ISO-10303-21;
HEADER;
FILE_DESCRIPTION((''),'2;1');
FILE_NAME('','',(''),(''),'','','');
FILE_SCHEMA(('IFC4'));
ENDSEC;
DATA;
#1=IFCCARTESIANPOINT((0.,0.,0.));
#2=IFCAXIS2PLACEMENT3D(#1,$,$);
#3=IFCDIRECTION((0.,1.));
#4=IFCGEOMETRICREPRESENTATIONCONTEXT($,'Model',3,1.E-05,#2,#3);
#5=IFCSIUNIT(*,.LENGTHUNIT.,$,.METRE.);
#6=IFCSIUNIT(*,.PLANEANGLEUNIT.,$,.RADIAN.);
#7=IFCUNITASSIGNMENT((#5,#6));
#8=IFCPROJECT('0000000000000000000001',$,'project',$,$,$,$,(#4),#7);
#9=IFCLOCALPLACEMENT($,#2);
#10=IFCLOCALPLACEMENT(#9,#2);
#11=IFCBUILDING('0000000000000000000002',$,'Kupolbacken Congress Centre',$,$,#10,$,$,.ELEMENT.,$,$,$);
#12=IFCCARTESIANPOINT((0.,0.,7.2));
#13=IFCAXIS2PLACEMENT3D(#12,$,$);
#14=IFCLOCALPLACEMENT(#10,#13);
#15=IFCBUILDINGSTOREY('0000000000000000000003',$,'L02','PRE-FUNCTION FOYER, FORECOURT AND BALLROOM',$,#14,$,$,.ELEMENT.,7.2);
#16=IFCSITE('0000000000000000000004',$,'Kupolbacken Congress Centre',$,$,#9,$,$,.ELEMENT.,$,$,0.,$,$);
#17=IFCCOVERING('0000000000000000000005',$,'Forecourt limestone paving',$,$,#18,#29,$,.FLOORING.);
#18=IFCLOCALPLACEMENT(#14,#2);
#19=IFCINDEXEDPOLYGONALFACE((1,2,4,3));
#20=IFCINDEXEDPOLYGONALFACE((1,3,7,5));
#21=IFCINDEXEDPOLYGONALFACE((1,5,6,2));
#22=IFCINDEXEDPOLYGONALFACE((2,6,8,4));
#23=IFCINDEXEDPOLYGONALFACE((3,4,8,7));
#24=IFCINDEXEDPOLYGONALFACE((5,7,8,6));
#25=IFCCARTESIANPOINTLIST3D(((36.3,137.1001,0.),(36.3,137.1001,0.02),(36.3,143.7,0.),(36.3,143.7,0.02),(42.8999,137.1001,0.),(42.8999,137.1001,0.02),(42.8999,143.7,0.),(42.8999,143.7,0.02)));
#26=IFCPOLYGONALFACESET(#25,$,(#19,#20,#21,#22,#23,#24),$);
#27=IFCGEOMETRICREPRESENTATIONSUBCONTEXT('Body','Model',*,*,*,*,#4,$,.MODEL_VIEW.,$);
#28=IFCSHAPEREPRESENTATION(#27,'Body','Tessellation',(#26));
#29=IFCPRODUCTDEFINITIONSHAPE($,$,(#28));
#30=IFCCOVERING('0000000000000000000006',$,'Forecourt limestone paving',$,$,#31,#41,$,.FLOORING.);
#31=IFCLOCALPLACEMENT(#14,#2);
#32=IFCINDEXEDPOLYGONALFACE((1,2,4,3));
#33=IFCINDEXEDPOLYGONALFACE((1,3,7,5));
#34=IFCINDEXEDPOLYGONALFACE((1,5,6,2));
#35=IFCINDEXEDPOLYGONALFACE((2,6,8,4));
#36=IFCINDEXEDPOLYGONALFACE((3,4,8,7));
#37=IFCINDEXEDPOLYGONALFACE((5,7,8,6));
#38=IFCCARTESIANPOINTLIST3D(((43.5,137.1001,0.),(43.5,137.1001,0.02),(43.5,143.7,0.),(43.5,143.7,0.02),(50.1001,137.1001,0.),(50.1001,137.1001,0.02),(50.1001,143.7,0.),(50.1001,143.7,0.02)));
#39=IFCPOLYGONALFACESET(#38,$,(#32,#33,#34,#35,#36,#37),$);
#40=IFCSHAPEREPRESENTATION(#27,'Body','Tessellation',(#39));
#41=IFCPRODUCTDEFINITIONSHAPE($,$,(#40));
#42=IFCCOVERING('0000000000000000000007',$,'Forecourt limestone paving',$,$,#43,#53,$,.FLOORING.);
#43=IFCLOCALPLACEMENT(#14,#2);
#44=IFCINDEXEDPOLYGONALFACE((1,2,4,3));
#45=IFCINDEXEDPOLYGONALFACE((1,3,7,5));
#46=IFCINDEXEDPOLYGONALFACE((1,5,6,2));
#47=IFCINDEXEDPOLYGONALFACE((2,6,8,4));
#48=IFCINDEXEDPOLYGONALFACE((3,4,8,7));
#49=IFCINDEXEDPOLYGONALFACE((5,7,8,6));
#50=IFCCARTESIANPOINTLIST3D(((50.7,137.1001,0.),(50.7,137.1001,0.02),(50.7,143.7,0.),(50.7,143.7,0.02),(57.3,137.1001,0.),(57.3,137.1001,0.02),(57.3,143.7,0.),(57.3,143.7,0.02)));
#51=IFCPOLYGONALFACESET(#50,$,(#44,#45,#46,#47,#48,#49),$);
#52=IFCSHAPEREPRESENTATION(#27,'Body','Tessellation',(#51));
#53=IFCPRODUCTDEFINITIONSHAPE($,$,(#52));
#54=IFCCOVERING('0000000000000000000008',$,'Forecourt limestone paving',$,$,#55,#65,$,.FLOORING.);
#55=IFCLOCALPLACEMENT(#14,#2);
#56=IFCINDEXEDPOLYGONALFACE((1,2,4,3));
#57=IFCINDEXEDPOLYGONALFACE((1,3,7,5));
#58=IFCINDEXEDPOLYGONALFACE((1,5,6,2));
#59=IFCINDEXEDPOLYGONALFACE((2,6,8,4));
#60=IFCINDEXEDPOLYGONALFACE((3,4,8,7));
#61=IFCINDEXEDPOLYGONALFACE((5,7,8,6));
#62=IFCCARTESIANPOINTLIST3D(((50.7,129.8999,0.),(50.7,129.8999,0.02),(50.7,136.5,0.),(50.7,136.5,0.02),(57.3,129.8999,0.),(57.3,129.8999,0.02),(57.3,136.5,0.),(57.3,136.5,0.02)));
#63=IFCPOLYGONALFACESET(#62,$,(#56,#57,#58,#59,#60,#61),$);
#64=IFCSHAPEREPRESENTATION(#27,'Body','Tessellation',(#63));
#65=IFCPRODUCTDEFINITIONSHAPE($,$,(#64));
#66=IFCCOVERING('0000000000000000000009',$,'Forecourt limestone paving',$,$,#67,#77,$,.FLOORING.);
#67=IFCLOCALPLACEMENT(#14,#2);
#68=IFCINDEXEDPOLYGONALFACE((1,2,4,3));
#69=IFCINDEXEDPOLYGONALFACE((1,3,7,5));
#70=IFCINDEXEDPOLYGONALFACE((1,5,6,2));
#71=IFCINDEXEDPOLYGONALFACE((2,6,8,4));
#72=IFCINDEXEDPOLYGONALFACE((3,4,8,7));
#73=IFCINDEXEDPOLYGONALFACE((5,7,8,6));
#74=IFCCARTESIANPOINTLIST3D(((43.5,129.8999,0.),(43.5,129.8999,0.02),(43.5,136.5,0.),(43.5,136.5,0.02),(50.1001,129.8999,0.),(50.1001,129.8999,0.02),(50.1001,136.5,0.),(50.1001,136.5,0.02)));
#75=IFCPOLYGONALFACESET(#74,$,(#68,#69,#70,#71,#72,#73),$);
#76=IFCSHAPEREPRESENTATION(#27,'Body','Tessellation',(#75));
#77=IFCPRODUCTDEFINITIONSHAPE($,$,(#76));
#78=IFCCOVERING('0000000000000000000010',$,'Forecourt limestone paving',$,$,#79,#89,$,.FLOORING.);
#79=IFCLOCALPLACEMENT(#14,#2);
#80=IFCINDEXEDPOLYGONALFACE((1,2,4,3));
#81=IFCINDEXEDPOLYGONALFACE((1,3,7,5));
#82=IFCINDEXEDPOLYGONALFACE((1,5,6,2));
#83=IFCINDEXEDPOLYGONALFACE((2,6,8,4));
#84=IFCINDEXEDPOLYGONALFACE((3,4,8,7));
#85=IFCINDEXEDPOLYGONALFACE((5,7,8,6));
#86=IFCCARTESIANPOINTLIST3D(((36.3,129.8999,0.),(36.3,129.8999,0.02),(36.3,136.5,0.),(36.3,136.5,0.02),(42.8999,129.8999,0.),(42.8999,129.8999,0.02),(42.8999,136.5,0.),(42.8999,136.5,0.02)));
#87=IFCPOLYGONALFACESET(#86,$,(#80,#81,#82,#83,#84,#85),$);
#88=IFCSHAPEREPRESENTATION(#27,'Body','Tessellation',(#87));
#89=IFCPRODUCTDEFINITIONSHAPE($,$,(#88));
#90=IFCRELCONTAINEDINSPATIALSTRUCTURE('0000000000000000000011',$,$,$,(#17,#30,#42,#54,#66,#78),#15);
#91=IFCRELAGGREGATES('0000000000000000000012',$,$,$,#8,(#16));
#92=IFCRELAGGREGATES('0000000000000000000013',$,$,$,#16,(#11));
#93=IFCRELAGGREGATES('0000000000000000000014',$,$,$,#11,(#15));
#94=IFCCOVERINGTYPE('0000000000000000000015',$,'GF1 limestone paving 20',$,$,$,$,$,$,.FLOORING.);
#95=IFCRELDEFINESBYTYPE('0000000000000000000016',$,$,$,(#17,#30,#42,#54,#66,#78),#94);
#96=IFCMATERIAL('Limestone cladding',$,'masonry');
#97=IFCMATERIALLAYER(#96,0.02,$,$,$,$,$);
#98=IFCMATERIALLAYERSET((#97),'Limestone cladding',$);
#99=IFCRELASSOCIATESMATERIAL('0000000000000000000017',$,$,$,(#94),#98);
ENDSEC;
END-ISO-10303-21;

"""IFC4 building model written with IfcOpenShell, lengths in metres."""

from ifc_helpers import new_model, si_unit, direction, frame, origin, place, context, subcontext, project, spatial, polyline, outline, extrude, material, layer, layer_set, type_object, element, save


model = new_model("IFC4")

# Units and contexts
model_context = context("Model", 3, precision=1e-05, world=origin(), true_north=direction((0.0, 1.0)))
body_context = subcontext(model_context, "Body", "Model", "MODEL_VIEW")
ifc_project = project(units=[si_unit("LENGTHUNIT", "METRE"), si_unit("PLANEANGLEUNIT", "RADIAN")], contexts=[model_context])

# Site, building, storey
site_placement = place(None, origin())
site = spatial("IfcSite", under=ifc_project, at=site_placement, Name="Kupolbacken Congress Centre", CompositionType="ELEMENT", RefElevation=0.0)
building_placement = place(site_placement, origin())
building = spatial("IfcBuilding", under=site, at=building_placement, Name="Kupolbacken Congress Centre", CompositionType="ELEMENT")
storey_placement = place(building_placement, frame((0.0, 0.0, 7.2)))
storey = spatial("IfcBuildingStorey", under=building, at=storey_placement, Name="L02", Description="PRE-FUNCTION FOYER, FORECOURT AND BALLROOM", CompositionType="ELEMENT", Elevation=7.2)

# Coverings
ifc_material = material(Name="Limestone cladding", Category="masonry")
ifc_layer = layer(ifc_material, 0.02)
ifc_layer_set = layer_set([ifc_layer], Name="Limestone cladding")
covering_type = type_object("IfcCoveringType", Name="GF1 limestone paving 20", PredefinedType="FLOORING", material=ifc_layer_set)
covering_1_placement = place(storey_placement, origin())
element("IfcCovering", 1, at=covering_1_placement, inside=storey, type_object=covering_type, Name="Forecourt limestone paving", PredefinedType="FLOORING", context=body_context, shape_type="SweptSolid", body=[
    extrude(outline(polyline([(42.8999, 137.1001), (36.3, 137.1001), (36.3, 143.7), (42.8999, 143.7), (42.8999, 137.1001)])), origin(), (0.0, 0.0, 1.0), 0.02),
])
covering_2_placement = place(storey_placement, origin())
element("IfcCovering", 2, at=covering_2_placement, inside=storey, type_object=covering_type, Name="Forecourt limestone paving", PredefinedType="FLOORING", context=body_context, shape_type="SweptSolid", body=[
    extrude(outline(polyline([(50.1001, 137.1001), (43.5, 137.1001), (43.5, 143.7), (50.1001, 143.7), (50.1001, 137.1001)])), origin(), (0.0, 0.0, 1.0), 0.02),
])
covering_3_placement = place(storey_placement, origin())
element("IfcCovering", 3, at=covering_3_placement, inside=storey, type_object=covering_type, Name="Forecourt limestone paving", PredefinedType="FLOORING", context=body_context, shape_type="SweptSolid", body=[
    extrude(outline(polyline([(57.3, 137.1001), (50.7, 137.1001), (50.7, 143.7), (57.3, 143.7), (57.3, 137.1001)])), origin(), (0.0, 0.0, 1.0), 0.02),
])
covering_4_placement = place(storey_placement, origin())
element("IfcCovering", 4, at=covering_4_placement, inside=storey, type_object=covering_type, Name="Forecourt limestone paving", PredefinedType="FLOORING", context=body_context, shape_type="SweptSolid", body=[
    extrude(outline(polyline([(50.7, 136.5), (57.3, 136.5), (57.3, 129.8999), (50.7, 129.8999), (50.7, 136.5)])), origin(), (0.0, 0.0, 1.0), 0.02),
])
covering_5_placement = place(storey_placement, origin())
element("IfcCovering", 5, at=covering_5_placement, inside=storey, type_object=covering_type, Name="Forecourt limestone paving", PredefinedType="FLOORING", context=body_context, shape_type="SweptSolid", body=[
    extrude(outline(polyline([(43.5, 136.5), (50.1001, 136.5), (50.1001, 129.8999), (43.5, 129.8999), (43.5, 136.5)])), origin(), (0.0, 0.0, 1.0), 0.02),
])
covering_6_placement = place(storey_placement, origin())
element("IfcCovering", 6, at=covering_6_placement, inside=storey, type_object=covering_type, Name="Forecourt limestone paving", PredefinedType="FLOORING", context=body_context, shape_type="SweptSolid", body=[
    extrude(outline(polyline([(36.3, 136.5), (42.8999, 136.5), (42.8999, 129.8999), (36.3, 129.8999), (36.3, 136.5)])), origin(), (0.0, 0.0, 1.0), 0.02),
])

save(model, "model.ifc")
